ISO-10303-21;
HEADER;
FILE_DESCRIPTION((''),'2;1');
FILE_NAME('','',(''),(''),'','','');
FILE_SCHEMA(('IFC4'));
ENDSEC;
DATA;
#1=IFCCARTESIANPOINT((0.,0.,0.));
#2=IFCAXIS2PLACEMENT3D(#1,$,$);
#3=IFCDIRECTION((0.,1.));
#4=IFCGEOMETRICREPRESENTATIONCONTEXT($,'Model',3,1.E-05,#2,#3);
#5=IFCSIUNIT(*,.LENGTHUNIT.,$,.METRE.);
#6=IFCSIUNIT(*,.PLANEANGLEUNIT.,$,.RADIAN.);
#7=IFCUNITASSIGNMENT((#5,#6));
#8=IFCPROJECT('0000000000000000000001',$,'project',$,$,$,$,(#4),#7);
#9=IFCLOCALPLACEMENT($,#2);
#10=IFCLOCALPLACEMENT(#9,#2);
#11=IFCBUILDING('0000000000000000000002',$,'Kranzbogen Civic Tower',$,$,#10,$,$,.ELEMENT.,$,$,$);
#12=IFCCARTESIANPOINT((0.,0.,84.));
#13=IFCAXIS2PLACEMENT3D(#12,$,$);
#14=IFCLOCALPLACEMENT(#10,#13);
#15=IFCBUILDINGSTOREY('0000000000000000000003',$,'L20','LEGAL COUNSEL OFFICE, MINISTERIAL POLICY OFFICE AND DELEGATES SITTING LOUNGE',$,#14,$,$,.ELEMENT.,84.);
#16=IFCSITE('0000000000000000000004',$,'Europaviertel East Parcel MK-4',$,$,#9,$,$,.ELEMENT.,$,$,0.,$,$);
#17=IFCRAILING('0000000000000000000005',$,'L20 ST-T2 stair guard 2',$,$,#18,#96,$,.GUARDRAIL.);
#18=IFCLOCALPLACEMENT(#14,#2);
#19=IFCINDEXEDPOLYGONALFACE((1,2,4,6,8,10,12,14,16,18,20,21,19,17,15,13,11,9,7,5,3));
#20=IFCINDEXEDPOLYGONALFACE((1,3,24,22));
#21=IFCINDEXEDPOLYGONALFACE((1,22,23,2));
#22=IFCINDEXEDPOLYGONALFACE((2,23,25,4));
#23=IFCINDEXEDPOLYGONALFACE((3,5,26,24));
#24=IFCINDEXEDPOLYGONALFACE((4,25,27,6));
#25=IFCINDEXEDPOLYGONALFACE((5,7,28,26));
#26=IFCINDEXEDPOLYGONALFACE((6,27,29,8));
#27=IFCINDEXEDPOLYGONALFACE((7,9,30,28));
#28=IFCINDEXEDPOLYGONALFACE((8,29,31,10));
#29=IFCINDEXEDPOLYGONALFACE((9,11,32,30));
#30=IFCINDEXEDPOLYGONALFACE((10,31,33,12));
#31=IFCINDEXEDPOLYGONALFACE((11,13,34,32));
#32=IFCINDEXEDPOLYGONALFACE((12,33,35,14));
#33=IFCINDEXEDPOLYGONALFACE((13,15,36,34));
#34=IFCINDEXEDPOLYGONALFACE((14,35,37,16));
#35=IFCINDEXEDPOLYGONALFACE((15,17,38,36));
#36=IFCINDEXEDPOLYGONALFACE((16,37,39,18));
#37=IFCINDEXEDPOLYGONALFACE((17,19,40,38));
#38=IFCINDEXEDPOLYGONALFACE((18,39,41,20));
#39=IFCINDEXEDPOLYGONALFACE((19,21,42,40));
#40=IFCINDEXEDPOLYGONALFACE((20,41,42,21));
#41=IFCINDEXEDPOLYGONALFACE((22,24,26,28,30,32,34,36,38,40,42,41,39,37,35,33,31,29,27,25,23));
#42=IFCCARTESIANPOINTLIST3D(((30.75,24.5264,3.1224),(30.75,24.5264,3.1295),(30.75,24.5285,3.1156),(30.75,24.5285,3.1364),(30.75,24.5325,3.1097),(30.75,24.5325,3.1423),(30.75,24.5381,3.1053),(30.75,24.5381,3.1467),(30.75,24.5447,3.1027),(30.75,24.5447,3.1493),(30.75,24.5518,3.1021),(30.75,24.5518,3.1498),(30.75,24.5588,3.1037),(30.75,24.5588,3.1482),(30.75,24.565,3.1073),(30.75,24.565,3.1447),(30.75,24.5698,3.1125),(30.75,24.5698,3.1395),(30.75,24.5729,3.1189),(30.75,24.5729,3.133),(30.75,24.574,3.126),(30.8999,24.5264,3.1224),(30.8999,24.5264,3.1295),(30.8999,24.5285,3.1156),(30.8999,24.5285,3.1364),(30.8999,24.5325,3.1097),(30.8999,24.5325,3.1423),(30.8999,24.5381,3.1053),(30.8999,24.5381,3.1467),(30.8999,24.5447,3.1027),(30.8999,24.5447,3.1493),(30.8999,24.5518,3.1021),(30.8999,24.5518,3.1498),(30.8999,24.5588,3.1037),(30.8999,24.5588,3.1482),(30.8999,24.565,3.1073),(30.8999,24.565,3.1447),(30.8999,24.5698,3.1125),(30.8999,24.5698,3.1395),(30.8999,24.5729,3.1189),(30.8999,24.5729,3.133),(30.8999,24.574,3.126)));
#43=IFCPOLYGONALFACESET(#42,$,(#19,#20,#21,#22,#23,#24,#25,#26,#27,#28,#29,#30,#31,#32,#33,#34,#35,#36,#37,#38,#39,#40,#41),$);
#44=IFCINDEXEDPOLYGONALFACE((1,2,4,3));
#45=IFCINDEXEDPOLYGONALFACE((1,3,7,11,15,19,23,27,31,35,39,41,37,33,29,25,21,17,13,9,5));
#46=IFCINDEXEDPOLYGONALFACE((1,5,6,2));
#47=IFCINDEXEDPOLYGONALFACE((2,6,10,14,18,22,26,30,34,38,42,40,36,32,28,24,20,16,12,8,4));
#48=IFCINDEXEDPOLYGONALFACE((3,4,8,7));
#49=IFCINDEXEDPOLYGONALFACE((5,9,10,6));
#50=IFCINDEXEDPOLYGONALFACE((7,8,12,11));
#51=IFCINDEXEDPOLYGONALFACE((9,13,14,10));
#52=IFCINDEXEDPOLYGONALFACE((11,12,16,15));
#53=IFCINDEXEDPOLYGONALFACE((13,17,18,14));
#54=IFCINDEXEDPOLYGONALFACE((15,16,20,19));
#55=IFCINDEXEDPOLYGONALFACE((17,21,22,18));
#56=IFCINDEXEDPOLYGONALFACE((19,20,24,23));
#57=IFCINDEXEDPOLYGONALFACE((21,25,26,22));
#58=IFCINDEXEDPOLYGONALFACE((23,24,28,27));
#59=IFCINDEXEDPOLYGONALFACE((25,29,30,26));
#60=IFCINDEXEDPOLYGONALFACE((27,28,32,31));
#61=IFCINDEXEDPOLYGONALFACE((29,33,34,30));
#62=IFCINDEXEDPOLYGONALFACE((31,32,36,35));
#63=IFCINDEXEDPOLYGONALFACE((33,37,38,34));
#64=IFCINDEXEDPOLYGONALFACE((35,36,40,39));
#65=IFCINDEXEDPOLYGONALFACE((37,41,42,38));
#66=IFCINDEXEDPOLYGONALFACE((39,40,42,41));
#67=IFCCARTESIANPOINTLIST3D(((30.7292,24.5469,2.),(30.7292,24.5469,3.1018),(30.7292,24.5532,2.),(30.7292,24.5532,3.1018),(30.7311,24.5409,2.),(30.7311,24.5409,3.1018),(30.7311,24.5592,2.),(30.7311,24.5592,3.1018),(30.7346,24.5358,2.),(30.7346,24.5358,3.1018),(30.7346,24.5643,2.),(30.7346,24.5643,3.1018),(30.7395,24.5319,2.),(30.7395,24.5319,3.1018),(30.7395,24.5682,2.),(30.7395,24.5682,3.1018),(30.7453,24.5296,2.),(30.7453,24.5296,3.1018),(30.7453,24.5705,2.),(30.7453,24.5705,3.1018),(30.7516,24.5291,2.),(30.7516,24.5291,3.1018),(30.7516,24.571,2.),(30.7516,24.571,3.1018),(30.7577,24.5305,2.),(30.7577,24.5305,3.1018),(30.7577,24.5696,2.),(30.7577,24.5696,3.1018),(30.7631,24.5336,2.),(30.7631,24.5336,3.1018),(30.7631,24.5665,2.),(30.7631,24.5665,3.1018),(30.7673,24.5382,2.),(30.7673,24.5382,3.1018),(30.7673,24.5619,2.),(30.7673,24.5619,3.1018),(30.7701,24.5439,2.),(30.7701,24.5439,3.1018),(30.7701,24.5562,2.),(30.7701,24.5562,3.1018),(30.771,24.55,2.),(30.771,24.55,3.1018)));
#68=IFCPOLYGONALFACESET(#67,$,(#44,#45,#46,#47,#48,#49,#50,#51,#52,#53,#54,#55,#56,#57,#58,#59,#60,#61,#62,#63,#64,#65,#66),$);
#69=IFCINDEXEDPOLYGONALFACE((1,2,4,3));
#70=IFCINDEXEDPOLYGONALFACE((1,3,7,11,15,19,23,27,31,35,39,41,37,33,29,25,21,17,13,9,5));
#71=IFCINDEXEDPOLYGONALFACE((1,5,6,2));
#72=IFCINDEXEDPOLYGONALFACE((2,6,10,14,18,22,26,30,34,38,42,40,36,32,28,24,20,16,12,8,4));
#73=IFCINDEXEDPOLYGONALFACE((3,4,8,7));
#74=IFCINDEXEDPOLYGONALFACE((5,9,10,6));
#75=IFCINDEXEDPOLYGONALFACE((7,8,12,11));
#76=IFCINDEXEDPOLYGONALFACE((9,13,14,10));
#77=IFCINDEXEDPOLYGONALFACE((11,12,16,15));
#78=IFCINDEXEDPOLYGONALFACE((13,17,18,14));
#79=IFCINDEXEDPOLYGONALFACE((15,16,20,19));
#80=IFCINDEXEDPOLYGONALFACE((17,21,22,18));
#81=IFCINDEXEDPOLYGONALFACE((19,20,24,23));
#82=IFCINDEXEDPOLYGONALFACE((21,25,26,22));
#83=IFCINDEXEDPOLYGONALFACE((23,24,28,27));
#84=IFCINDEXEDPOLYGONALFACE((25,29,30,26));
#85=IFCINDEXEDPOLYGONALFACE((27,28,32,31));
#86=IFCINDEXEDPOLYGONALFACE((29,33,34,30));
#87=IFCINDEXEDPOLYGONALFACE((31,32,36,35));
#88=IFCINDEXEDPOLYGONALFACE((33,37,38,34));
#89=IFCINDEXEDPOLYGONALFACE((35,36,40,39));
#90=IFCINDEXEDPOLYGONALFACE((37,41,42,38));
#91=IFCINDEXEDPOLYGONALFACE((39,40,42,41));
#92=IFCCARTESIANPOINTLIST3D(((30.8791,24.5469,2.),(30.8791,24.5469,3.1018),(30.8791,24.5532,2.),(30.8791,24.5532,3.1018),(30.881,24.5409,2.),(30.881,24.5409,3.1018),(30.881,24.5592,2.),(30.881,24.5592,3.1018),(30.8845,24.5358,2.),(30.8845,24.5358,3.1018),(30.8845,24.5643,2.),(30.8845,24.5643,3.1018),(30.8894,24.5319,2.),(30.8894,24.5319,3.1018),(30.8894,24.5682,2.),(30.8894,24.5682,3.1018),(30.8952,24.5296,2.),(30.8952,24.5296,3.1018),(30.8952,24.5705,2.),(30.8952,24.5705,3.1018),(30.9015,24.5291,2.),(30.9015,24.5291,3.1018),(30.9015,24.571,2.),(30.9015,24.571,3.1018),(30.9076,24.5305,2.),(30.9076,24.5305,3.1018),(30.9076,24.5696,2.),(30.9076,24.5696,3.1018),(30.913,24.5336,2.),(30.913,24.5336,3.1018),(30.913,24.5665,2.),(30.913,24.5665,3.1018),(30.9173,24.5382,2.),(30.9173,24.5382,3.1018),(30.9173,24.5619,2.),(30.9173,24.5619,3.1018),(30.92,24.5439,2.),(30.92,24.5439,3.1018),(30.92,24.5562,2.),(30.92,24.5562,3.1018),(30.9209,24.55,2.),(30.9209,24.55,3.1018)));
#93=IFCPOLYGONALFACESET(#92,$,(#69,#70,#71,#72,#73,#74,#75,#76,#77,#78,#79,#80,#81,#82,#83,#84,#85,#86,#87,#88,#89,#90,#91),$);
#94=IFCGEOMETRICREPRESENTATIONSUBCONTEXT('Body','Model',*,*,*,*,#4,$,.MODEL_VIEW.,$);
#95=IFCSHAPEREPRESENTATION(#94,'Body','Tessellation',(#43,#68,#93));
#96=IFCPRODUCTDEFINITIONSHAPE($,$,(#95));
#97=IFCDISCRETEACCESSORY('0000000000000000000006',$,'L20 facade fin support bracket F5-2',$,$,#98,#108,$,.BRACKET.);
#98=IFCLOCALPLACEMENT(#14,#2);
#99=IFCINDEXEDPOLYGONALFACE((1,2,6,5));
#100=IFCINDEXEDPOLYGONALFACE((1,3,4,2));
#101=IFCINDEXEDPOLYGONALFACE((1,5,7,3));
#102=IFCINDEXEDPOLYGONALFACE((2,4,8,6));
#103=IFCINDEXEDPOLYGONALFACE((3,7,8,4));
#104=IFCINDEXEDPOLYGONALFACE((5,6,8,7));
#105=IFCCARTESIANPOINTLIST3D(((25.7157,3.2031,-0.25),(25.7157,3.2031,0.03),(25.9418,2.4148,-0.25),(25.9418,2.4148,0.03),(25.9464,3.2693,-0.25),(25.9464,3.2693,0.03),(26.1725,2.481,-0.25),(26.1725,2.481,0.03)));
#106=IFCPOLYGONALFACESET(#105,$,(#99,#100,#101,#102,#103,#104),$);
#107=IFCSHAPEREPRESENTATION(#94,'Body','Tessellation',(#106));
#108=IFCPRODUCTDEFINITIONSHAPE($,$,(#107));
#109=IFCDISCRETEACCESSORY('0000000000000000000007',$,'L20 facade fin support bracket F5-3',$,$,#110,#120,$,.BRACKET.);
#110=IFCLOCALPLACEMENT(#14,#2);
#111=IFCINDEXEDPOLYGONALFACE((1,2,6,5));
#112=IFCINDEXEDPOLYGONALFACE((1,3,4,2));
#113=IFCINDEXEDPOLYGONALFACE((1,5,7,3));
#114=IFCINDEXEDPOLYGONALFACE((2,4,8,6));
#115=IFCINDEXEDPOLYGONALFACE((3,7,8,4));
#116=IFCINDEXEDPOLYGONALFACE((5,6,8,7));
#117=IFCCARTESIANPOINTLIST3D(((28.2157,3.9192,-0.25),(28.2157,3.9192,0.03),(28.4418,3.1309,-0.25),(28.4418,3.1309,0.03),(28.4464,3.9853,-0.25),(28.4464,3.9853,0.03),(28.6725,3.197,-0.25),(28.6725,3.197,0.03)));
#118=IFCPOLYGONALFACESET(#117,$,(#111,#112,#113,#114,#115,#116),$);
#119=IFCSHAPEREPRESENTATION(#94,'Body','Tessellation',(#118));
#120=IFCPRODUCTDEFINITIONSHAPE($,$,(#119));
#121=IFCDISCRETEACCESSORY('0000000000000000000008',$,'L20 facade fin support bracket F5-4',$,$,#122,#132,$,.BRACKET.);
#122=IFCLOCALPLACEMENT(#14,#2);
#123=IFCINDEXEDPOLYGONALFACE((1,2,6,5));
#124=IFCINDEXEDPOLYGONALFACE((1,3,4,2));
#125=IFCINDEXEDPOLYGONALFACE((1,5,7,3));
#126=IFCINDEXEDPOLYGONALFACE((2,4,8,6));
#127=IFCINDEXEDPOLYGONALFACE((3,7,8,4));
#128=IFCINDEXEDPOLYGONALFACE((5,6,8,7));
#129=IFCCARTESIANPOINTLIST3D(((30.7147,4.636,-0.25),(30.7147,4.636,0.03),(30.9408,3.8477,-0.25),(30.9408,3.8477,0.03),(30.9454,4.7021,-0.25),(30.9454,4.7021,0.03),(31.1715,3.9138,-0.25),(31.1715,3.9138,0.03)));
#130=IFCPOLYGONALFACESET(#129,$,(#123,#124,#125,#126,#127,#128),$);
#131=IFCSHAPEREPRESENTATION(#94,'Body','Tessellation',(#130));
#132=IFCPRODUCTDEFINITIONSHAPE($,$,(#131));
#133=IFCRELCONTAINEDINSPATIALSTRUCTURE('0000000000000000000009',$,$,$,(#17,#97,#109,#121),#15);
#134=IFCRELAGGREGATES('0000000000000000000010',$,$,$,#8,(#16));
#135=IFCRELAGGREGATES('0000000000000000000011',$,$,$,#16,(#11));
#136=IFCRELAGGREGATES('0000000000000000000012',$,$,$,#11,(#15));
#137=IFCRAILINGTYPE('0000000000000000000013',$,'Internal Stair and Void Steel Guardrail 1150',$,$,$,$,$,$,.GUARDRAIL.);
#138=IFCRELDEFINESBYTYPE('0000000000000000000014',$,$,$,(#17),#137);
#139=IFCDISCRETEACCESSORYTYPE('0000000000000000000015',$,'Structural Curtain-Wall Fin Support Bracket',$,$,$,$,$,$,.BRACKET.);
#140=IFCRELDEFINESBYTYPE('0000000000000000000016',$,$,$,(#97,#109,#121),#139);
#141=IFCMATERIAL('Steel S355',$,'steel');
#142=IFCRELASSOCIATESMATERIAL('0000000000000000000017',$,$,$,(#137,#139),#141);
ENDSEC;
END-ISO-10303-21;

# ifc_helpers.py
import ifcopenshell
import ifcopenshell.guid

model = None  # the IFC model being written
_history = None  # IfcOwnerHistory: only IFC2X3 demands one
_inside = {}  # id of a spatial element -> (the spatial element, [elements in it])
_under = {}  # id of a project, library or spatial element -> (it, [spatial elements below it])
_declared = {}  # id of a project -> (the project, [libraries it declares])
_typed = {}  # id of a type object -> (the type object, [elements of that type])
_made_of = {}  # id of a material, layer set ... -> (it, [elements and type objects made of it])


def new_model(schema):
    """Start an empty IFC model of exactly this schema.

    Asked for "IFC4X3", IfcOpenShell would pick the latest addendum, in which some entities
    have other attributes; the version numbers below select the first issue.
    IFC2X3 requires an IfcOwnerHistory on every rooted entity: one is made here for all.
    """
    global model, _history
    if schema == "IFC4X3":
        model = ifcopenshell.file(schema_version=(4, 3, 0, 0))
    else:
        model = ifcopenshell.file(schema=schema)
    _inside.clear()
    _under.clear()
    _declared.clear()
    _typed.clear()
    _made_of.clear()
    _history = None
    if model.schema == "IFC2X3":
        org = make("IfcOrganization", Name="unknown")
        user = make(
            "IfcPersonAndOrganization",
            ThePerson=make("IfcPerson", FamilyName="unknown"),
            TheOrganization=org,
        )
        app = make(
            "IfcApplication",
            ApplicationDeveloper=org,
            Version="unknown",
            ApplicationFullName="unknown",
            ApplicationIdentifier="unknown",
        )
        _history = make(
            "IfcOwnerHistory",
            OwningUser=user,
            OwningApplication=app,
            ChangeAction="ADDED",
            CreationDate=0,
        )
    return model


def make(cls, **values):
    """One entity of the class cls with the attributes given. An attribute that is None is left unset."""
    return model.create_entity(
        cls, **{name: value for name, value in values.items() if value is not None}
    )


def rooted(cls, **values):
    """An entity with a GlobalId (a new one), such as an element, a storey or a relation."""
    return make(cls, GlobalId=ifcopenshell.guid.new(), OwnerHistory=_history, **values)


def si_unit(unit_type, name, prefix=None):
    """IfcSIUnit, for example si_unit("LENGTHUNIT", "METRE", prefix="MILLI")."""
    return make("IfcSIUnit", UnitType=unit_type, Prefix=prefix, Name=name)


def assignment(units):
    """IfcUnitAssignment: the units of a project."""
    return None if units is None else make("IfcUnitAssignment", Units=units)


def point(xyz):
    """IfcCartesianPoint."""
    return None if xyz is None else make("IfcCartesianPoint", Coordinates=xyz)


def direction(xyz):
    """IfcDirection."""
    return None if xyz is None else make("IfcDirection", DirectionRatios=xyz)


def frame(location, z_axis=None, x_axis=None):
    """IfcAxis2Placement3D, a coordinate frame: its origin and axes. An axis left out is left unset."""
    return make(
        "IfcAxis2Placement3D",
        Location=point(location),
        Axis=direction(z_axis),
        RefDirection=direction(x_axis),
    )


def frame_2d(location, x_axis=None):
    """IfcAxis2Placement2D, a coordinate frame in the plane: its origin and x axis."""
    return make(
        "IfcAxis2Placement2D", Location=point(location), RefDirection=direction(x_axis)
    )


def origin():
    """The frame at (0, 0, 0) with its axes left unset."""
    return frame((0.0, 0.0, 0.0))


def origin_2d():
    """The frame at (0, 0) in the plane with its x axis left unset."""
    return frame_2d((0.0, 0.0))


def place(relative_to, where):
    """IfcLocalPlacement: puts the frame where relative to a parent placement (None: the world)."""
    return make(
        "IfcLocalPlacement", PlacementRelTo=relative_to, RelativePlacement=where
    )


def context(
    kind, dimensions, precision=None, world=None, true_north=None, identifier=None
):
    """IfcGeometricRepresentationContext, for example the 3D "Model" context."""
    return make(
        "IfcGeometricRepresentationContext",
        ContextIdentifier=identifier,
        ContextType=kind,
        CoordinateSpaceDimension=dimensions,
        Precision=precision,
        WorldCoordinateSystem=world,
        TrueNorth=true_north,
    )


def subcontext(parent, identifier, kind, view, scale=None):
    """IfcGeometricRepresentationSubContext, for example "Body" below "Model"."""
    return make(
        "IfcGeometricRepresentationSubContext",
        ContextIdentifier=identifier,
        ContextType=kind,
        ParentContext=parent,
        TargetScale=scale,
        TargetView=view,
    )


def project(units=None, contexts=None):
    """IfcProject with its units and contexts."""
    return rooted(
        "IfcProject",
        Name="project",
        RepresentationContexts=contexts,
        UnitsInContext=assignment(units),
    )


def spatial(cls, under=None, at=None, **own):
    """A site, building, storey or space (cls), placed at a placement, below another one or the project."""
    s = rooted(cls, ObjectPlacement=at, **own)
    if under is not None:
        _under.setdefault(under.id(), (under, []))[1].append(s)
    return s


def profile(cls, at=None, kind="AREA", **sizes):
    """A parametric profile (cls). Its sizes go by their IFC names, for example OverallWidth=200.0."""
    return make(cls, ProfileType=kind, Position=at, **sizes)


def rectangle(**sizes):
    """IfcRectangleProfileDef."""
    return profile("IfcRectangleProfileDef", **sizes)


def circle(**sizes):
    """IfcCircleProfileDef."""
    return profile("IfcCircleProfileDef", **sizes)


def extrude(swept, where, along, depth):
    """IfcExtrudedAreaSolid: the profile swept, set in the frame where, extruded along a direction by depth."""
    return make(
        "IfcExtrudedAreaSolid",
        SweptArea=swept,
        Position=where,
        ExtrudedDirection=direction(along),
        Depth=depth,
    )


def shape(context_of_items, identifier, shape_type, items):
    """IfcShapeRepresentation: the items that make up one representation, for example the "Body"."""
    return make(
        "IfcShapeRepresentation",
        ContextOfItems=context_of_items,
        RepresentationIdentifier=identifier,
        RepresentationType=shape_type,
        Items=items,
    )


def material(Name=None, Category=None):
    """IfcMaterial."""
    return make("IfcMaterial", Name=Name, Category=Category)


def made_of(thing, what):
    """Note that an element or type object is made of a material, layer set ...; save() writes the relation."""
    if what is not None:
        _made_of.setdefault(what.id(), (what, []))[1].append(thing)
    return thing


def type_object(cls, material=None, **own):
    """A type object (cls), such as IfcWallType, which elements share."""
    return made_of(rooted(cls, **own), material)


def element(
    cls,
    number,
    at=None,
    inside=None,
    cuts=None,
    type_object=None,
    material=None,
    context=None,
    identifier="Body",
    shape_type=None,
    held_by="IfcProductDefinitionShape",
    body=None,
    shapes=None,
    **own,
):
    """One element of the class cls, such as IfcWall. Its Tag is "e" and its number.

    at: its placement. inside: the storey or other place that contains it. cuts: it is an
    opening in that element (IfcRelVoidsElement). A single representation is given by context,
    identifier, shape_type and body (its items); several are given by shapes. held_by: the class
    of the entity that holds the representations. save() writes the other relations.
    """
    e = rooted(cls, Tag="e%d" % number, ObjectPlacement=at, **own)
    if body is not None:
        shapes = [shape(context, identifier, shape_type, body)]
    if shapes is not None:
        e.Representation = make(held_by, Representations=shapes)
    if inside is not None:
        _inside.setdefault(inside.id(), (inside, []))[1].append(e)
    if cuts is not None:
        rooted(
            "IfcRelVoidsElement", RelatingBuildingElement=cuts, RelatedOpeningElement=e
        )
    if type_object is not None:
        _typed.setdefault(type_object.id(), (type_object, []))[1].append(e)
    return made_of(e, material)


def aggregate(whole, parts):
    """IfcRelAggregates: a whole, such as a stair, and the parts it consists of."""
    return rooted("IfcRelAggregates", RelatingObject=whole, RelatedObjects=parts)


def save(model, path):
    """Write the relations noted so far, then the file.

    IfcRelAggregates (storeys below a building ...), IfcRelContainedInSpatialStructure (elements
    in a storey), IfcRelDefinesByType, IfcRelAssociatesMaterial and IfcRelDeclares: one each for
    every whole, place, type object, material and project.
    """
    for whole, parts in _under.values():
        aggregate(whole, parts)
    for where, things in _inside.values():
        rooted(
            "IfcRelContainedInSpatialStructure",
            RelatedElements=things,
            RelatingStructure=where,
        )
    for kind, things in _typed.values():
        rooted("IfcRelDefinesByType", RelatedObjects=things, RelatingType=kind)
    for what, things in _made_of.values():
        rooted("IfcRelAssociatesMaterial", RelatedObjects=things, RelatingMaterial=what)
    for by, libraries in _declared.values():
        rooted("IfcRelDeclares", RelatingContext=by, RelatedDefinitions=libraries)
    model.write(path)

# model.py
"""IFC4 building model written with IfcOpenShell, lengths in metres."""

from ifc_helpers import new_model, si_unit, direction, frame, origin, origin_2d, place, context, subcontext, project, spatial, rectangle, circle, extrude, material, type_object, element, save


model = new_model("IFC4")

# Units and contexts
model_context = context("Model", 3, precision=1e-05, world=origin(), true_north=direction((0.0, 1.0)))
body_context = subcontext(model_context, "Body", "Model", "MODEL_VIEW")
ifc_project = project(units=[si_unit("LENGTHUNIT", "METRE"), si_unit("PLANEANGLEUNIT", "RADIAN")], contexts=[model_context])

# Site, building, storey
site_placement = place(None, origin())
site = spatial("IfcSite", under=ifc_project, at=site_placement, Name="Europaviertel East Parcel MK-4", CompositionType="ELEMENT", RefElevation=0.0)
building_placement = place(site_placement, origin())
building = spatial("IfcBuilding", under=site, at=building_placement, Name="Kranzbogen Civic Tower", CompositionType="ELEMENT")
storey_placement = place(building_placement, frame((0.0, 0.0, 84.0)))
storey = spatial("IfcBuildingStorey", under=building, at=storey_placement, Name="L20", Description="LEGAL COUNSEL OFFICE, MINISTERIAL POLICY OFFICE AND DELEGATES SITTING LOUNGE", CompositionType="ELEMENT", Elevation=84.0)

# Shared definitions
ifc_material_1 = material(Name="Steel S355", Category="steel")

# Railing
railing_type = type_object("IfcRailingType", Name="Internal Stair and Void Steel Guardrail 1150", PredefinedType="GUARDRAIL", material=ifc_material_1)
railing_placement = place(storey_placement, frame((30.75, 24.55, 2.0)))
element("IfcRailing", 1, at=railing_placement, inside=storey, type_object=railing_type, Name="L20 ST-T2 stair guard 2", PredefinedType="GUARDRAIL", context=body_context, shape_type="SweptSolid", body=[
    extrude(circle(Radius=0.0239, at=origin_2d()), frame((0.0, 0.0, 1.126), z_axis=(1.0, 0.0, 0.0), x_axis=(0.0, 1.0, 0.0)), (0.0, 0.0, 1.0), 0.1499),
    extrude(circle(Radius=0.021, at=origin_2d()), origin(), (0.0, 0.0, 1.0), 1.1018),
    extrude(circle(Radius=0.021, at=origin_2d()), frame((0.1499, 0.0, 0.0)), (0.0, 0.0, 1.0), 1.1018),
])

# Discrete accessories
discrete_accessory_type = type_object("IfcDiscreteAccessoryType", Name="Structural Curtain-Wall Fin Support Bracket", PredefinedType="BRACKET", material=ifc_material_1)
for number, where, z_axis, x_axis, name in (
    (2, (25.9441, 2.842, -0.25), (0.0, 0.0, 1.0), (0.275637, -0.961262, 0.0), "L20 facade fin support bracket F5-2"),
    (3, (28.4441, 3.5581, -0.25), (0.0, 0.0, 1.0), (0.275637, -0.961262, 0.0), "L20 facade fin support bracket F5-3"),
    (4, (30.9431, 4.2749, -0.25), (0.0, 0.0, 1.0), (0.275637, -0.961262, 0.0), "L20 facade fin support bracket F5-4"),
):
    element("IfcDiscreteAccessory", number, at=place(storey_placement, frame(where, z_axis=z_axis, x_axis=x_axis)), inside=storey, type_object=discrete_accessory_type, Name=name, PredefinedType="BRACKET", context=body_context, shape_type="SweptSolid", body=[
        extrude(rectangle(XDim=0.8201, YDim=0.24, at=origin_2d()), origin(), (0.0, 0.0, 1.0), 0.28),
    ])

save(model, "model.ifc")
